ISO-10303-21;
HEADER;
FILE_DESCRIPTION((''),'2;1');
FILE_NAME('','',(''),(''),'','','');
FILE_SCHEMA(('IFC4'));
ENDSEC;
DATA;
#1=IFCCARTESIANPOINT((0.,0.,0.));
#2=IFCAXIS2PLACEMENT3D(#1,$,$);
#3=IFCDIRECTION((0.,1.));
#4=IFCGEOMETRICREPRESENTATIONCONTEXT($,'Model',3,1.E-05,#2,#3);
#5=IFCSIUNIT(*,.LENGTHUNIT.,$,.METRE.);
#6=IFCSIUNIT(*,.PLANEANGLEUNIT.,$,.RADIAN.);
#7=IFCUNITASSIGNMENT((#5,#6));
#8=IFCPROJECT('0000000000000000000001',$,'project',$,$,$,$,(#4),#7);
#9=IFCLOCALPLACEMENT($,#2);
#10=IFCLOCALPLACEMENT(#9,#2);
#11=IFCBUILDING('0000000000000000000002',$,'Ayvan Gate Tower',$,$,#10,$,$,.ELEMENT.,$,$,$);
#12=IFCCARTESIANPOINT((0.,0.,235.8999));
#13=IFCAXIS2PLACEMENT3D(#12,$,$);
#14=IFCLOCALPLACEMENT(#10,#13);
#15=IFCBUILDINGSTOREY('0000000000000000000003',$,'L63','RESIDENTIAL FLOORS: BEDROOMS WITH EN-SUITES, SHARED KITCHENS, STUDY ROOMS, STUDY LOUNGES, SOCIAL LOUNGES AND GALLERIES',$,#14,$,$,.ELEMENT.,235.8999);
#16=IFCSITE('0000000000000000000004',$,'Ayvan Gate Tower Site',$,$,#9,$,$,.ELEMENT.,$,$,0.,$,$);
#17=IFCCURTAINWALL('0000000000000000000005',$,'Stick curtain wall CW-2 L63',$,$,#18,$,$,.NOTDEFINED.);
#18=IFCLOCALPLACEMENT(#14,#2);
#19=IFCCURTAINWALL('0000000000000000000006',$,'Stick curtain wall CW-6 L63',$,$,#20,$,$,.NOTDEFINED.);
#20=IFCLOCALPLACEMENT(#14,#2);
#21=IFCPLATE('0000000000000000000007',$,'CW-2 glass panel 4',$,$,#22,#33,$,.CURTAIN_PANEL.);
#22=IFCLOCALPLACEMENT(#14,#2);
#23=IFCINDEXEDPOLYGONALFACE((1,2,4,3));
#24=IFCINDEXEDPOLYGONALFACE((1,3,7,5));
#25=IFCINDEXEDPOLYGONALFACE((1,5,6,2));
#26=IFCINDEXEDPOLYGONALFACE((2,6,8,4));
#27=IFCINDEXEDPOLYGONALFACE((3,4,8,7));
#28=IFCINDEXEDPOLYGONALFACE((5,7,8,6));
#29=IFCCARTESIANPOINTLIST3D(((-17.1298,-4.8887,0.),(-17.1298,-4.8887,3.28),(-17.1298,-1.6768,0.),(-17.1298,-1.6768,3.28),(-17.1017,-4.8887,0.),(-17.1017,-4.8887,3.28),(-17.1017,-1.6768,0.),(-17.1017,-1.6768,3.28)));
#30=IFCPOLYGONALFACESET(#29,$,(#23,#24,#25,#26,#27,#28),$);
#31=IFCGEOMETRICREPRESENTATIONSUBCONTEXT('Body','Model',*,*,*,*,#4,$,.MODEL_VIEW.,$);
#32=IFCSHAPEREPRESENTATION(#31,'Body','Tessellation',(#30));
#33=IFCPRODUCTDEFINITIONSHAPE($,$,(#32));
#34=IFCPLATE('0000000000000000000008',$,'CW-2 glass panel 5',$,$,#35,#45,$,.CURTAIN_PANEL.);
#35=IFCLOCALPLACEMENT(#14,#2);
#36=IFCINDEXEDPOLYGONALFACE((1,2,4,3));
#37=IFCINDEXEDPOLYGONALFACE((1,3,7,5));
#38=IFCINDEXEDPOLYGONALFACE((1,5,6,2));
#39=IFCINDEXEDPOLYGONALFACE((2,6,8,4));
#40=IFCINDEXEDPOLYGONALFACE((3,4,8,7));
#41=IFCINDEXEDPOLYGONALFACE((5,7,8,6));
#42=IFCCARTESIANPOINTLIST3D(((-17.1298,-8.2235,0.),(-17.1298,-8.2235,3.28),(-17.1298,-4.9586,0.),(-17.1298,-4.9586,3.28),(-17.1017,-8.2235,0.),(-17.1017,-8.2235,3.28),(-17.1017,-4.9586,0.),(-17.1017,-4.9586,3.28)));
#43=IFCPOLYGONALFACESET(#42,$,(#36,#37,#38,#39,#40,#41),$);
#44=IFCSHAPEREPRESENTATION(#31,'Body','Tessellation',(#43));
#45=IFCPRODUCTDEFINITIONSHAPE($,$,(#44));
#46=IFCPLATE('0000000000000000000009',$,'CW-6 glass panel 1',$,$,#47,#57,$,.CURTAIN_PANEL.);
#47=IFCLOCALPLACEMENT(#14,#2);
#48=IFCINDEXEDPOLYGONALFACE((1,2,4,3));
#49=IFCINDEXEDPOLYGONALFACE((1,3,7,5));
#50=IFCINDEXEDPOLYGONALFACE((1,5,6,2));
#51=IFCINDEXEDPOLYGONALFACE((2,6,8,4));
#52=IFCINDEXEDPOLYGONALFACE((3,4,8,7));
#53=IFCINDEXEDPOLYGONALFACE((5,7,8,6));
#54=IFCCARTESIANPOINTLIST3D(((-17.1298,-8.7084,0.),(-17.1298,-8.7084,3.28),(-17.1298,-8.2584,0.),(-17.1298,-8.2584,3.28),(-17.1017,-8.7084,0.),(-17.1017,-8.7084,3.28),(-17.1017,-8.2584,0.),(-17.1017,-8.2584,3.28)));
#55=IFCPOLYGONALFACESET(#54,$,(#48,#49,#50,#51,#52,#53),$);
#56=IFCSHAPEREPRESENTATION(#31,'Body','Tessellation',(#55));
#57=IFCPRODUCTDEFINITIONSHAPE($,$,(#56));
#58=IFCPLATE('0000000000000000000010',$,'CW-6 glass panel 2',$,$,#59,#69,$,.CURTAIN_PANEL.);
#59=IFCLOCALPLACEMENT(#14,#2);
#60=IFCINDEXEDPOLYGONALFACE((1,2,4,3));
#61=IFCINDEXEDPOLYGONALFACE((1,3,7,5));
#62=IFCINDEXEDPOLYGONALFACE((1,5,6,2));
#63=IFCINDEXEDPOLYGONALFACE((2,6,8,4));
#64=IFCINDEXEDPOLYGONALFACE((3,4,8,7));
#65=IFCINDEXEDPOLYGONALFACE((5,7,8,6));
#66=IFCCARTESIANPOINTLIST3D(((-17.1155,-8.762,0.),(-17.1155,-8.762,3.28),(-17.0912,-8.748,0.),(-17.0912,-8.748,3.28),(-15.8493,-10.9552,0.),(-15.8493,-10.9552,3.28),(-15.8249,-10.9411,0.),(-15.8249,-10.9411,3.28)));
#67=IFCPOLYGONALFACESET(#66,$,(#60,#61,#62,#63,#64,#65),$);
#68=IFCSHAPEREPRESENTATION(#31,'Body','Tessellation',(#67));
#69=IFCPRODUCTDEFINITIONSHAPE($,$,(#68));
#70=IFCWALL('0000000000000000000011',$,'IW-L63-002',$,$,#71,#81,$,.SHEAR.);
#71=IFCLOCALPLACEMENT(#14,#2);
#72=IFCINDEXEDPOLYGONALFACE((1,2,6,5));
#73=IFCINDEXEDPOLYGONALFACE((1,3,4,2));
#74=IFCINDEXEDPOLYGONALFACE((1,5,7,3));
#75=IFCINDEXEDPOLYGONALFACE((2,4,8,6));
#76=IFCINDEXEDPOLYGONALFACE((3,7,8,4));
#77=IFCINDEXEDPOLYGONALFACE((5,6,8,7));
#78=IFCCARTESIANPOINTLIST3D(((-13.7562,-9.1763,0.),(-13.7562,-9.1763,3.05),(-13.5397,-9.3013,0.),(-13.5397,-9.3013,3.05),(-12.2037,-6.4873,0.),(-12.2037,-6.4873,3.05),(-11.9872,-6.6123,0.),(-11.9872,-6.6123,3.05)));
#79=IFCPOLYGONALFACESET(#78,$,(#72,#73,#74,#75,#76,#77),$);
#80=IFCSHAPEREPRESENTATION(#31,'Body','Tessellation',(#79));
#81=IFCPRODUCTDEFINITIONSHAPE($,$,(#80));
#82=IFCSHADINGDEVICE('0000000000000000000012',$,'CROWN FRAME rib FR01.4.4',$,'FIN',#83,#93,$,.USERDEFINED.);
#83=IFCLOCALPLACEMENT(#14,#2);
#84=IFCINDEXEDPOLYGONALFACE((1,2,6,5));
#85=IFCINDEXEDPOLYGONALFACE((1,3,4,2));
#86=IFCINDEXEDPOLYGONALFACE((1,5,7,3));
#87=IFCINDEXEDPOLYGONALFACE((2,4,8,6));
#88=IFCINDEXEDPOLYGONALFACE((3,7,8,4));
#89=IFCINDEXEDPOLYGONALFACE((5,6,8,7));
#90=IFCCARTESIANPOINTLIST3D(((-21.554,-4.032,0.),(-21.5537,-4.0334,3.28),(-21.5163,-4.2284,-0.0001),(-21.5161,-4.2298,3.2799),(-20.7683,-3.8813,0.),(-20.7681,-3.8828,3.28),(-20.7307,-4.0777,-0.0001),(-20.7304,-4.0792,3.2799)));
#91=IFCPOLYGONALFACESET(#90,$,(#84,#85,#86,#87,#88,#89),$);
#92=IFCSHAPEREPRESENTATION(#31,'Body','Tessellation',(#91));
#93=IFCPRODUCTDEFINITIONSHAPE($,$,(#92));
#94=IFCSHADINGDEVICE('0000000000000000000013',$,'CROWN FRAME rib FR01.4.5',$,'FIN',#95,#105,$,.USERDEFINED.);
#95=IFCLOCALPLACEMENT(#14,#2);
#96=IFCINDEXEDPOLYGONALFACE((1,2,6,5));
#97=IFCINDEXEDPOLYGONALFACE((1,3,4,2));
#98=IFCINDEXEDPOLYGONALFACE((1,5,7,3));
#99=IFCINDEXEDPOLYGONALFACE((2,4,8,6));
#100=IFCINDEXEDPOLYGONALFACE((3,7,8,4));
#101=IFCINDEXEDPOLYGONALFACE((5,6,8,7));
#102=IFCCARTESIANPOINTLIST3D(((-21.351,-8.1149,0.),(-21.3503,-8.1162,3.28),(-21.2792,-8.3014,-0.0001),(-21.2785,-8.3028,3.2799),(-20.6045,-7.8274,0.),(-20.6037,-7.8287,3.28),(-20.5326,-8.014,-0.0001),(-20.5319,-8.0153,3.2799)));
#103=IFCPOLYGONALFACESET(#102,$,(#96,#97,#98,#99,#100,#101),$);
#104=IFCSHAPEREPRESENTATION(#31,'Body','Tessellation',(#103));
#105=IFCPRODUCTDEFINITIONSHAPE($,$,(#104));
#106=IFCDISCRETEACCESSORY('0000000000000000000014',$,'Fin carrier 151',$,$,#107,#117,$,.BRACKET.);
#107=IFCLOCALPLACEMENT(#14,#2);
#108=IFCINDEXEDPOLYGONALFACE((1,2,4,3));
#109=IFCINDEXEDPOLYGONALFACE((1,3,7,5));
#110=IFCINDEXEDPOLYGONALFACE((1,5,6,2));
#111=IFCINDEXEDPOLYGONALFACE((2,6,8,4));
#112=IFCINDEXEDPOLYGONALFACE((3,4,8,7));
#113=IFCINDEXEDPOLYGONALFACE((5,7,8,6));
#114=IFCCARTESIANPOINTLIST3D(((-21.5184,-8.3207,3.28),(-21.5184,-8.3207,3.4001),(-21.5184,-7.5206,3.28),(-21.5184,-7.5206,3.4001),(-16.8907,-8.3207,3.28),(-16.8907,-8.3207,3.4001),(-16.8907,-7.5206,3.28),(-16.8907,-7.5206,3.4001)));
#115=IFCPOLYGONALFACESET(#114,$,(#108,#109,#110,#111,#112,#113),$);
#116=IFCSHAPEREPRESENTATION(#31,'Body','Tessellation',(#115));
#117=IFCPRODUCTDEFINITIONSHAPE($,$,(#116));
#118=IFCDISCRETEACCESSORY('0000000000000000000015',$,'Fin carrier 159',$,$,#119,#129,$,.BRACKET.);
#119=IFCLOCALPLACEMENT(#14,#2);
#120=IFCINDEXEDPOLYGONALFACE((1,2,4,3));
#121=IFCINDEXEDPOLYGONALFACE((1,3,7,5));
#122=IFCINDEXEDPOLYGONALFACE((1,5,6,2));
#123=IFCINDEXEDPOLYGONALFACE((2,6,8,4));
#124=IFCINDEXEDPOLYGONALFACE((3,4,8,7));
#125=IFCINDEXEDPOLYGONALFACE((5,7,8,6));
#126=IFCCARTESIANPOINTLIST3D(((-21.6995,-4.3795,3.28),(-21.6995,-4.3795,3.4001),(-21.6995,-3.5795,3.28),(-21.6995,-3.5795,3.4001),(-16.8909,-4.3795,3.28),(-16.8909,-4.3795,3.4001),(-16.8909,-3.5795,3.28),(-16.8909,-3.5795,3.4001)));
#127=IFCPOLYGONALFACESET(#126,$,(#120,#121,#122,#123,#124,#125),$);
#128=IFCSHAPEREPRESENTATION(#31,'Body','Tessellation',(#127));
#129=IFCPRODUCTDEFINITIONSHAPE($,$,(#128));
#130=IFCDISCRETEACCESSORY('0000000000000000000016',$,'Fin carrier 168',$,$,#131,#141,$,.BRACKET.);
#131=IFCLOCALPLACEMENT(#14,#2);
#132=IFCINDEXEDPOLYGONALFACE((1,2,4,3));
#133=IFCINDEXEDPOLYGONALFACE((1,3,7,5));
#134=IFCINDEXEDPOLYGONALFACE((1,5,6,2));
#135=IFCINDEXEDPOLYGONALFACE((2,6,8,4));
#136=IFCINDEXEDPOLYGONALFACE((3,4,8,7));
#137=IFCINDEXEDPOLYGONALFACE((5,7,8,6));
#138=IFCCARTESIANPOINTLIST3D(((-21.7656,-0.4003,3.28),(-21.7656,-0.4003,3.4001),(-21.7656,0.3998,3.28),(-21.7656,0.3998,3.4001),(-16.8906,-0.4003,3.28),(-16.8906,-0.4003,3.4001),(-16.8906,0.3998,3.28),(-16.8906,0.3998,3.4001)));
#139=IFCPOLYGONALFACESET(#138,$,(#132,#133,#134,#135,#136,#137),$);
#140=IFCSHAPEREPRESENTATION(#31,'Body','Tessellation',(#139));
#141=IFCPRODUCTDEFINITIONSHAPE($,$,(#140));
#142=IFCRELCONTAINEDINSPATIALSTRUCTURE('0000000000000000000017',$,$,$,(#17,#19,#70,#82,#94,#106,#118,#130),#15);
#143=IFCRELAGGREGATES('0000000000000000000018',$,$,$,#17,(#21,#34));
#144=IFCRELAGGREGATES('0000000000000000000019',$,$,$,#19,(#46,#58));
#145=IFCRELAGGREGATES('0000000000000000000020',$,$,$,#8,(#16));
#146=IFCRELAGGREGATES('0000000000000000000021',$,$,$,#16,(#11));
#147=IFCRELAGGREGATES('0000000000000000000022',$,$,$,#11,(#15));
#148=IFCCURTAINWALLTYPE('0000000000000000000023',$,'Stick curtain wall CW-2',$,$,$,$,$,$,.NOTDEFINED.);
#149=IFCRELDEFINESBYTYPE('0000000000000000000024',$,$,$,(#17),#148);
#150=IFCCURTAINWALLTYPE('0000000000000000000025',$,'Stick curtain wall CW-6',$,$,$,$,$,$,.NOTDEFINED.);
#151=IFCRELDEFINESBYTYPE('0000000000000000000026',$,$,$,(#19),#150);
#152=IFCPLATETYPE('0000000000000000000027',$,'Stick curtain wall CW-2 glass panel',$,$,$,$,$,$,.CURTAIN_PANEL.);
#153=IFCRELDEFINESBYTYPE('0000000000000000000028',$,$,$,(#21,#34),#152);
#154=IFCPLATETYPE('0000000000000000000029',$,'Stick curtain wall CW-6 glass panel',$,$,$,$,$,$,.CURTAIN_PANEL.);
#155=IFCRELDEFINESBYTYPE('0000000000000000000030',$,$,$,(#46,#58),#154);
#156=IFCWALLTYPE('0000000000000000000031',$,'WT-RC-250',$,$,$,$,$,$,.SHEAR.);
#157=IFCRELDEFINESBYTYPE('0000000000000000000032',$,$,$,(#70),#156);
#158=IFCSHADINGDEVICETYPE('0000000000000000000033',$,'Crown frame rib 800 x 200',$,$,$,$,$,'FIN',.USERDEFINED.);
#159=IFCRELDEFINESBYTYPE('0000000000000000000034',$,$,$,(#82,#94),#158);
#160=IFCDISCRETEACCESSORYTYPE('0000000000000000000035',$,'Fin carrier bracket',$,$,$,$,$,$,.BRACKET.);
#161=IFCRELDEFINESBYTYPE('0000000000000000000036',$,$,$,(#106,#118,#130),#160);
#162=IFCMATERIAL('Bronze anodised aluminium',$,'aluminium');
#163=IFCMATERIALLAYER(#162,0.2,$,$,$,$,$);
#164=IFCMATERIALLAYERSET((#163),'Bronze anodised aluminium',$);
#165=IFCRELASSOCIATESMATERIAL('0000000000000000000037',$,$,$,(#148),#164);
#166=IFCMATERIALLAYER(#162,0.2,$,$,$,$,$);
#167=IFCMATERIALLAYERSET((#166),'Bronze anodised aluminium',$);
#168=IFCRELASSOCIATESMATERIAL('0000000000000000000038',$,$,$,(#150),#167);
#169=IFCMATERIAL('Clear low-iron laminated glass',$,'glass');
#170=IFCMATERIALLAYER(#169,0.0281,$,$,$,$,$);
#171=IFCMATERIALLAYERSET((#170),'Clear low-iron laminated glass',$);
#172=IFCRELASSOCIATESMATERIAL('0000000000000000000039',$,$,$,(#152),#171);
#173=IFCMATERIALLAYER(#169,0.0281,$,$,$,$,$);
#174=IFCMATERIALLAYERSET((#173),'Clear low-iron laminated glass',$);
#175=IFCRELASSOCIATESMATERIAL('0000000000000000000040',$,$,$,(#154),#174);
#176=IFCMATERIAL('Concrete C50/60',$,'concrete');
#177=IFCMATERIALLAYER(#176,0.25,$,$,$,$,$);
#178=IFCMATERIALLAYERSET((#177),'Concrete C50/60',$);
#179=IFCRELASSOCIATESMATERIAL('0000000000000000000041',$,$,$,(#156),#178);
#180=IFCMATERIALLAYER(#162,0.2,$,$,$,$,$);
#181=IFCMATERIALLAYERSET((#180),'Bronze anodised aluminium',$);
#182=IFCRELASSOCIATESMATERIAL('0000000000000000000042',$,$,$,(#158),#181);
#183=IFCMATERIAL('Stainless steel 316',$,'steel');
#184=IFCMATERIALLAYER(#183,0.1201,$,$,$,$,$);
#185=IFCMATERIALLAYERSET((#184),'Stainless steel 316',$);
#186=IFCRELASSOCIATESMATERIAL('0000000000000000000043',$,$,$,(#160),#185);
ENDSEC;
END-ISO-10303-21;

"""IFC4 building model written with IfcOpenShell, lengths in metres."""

from ifc_helpers import new_model, si_unit, direction, frame, frame_2d, origin, origin_2d, place, context, subcontext, project, spatial, polyline, rectangle, outline, extrude, material, layer, layer_set, type_object, element, aggregate, save


model = new_model("IFC4")

# Units and contexts
model_context = context("Model", 3, precision=1e-05, world=origin(), true_north=direction((0.0, 1.0)))
body_context = subcontext(model_context, "Body", "Model", "MODEL_VIEW")
ifc_project = project(units=[si_unit("LENGTHUNIT", "METRE"), si_unit("PLANEANGLEUNIT", "RADIAN")], contexts=[model_context])

# Site, building, storey
site_placement = place(None, origin())
site = spatial("IfcSite", under=ifc_project, at=site_placement, Name="Ayvan Gate Tower Site", CompositionType="ELEMENT", RefElevation=0.0)
building_placement = place(site_placement, origin())
building = spatial("IfcBuilding", under=site, at=building_placement, Name="Ayvan Gate Tower", CompositionType="ELEMENT")
storey_placement = place(building_placement, frame((0.0, 0.0, 235.8999)))
storey = spatial("IfcBuildingStorey", under=building, at=storey_placement, Name="L63", Description="RESIDENTIAL FLOORS: BEDROOMS WITH EN-SUITES, SHARED KITCHENS, STUDY ROOMS, STUDY LOUNGES, SOCIAL LOUNGES AND GALLERIES", CompositionType="ELEMENT", Elevation=235.8999)

# Shared definitions
ifc_material_1 = material(Name="Concrete C50/60", Category="concrete")

# Curtain walls
ifc_material_2 = material(Name="Bronze anodised aluminium", Category="aluminium")
ifc_layer_1 = layer(ifc_material_2, 0.2)
ifc_layer_set_1 = layer_set([ifc_layer_1], Name="Bronze anodised aluminium")
curtain_wall_type_1 = type_object("IfcCurtainWallType", Name="Stick curtain wall CW-2", PredefinedType="NOTDEFINED", material=ifc_layer_set_1)
curtain_wall_1_placement = place(storey_placement, origin())
curtain_wall_1 = element("IfcCurtainWall", 1, at=curtain_wall_1_placement, inside=storey, type_object=curtain_wall_type_1, Name="Stick curtain wall CW-2 L63", PredefinedType="NOTDEFINED")
ifc_layer_2 = layer(ifc_material_2, 0.2)
ifc_layer_set_2 = layer_set([ifc_layer_2], Name="Bronze anodised aluminium")
curtain_wall_type_2 = type_object("IfcCurtainWallType", Name="Stick curtain wall CW-6", PredefinedType="NOTDEFINED", material=ifc_layer_set_2)
curtain_wall_2_placement = place(storey_placement, origin())
curtain_wall_2 = element("IfcCurtainWall", 2, at=curtain_wall_2_placement, inside=storey, type_object=curtain_wall_type_2, Name="Stick curtain wall CW-6 L63", PredefinedType="NOTDEFINED")

# Plates
ifc_material_3 = material(Name="Clear low-iron laminated glass", Category="glass")
ifc_layer_3 = layer(ifc_material_3, 0.0281)
ifc_layer_set_3 = layer_set([ifc_layer_3], Name="Clear low-iron laminated glass")
plate_type_1 = type_object("IfcPlateType", Name="Stick curtain wall CW-2 glass panel", PredefinedType="CURTAIN_PANEL", material=ifc_layer_set_3)
plate_1_placement = place(storey_placement, frame((-17.1157, -3.2827, 0.0), z_axis=(0.0, 0.0, 1.0), x_axis=(0.0, -1.0, 0.0)))
plate_1 = element("IfcPlate", 3, at=plate_1_placement, type_object=plate_type_1, Name="CW-2 glass panel 4", PredefinedType="CURTAIN_PANEL", context=body_context, shape_type="SweptSolid", body=[
    extrude(rectangle(XDim=3.2119, YDim=0.0281, at=origin_2d()), origin(), (0.0, 0.0, 1.0), 3.28),
])
plate_2_placement = place(storey_placement, frame((-17.1157, -6.5911, 0.0), z_axis=(0.0, 0.0, 1.0), x_axis=(0.0, -1.0, 0.0)))
plate_2 = element("IfcPlate", 4, at=plate_2_placement, type_object=plate_type_1, Name="CW-2 glass panel 5", PredefinedType="CURTAIN_PANEL", context=body_context, shape_type="SweptSolid", body=[
    extrude(rectangle(XDim=3.2649, YDim=0.0281, at=origin_2d()), origin(), (0.0, 0.0, 1.0), 3.28),
])
aggregate(curtain_wall_1, [plate_1, plate_2])
ifc_layer_4 = layer(ifc_material_3, 0.0281)
ifc_layer_set_4 = layer_set([ifc_layer_4], Name="Clear low-iron laminated glass")
plate_type_2 = type_object("IfcPlateType", Name="Stick curtain wall CW-6 glass panel", PredefinedType="CURTAIN_PANEL", material=ifc_layer_set_4)
plate_3_placement = place(storey_placement, frame((-17.1157, -8.4834, 0.0), z_axis=(0.0, 0.0, 1.0), x_axis=(0.0, -1.0, 0.0)))
plate_3 = element("IfcPlate", 5, at=plate_3_placement, type_object=plate_type_2, Name="CW-6 glass panel 1", PredefinedType="CURTAIN_PANEL", context=body_context, shape_type="SweptSolid", body=[
    extrude(rectangle(XDim=0.45, YDim=0.0281, at=origin_2d()), origin(), (0.0, 0.0, 1.0), 3.28),
])
plate_4_placement = place(storey_placement, frame((-16.4702, -9.8516, 0.0), z_axis=(0.0, 0.0, 1.0), x_axis=(0.5, -0.866025, 0.0)))
plate_4 = element("IfcPlate", 6, at=plate_4_placement, type_object=plate_type_2, Name="CW-6 glass panel 2", PredefinedType="CURTAIN_PANEL", context=body_context, shape_type="SweptSolid", body=[
    extrude(rectangle(XDim=2.5325, YDim=0.0281, at=origin_2d()), origin(), (0.0, 0.0, 1.0), 3.28),
])
aggregate(curtain_wall_2, [plate_3, plate_4])

# Wall
ifc_layer_5 = layer(ifc_material_1, 0.25)
ifc_layer_set_5 = layer_set([ifc_layer_5], Name="Concrete C50/60")
wall_type = type_object("IfcWallType", Name="WT-RC-250", PredefinedType="SHEAR", material=ifc_layer_set_5)
wall_placement = place(storey_placement, frame((-13.6479, -9.2388, 0.0), z_axis=(0.0, 0.0, 1.0), x_axis=(0.500004, 0.866023, 0.0)))
element("IfcWall", 7, at=wall_placement, inside=storey, type_object=wall_type, Name="IW-L63-002", PredefinedType="SHEAR", context=body_context, shape_type="SweptSolid", body=[
    extrude(rectangle(XDim=3.105, YDim=0.25, at=frame_2d((1.5525, 0.0))), origin(), (0.0, 0.0, 1.0), 3.05),
])

# Shading devices
ifc_layer_6 = layer(ifc_material_2, 0.2)
ifc_layer_set_6 = layer_set([ifc_layer_6], Name="Bronze anodised aluminium")
shading_device_type = type_object("IfcShadingDeviceType", Name="Crown frame rib 800 x 200", ElementType="FIN", PredefinedType="USERDEFINED", material=ifc_layer_set_6)
shading_device_1_placement = place(storey_placement, frame((-20.7683, -3.8813, 0.0), z_axis=(-0.188304, 0.982111, 0.000453), x_axis=(-0.982111, -0.188304, 0.0)))
element("IfcShadingDevice", 8, at=shading_device_1_placement, inside=storey, type_object=shading_device_type, Name="CROWN FRAME rib FR01.4.4", ObjectType="FIN", PredefinedType="USERDEFINED", context=body_context, shape_type="SweptSolid", body=[
    extrude(outline(polyline([(0.0, 0.0), (0.8, 0.0), (0.8, 3.28), (0.0, 3.28), (0.0, 0.0)])), origin(), (0.0, 0.0, -1.0), 0.2),
])
shading_device_2_placement = place(storey_placement, frame((-20.6045, -7.8274, 0.0), z_axis=(-0.359337, 0.933208, 0.000462), x_axis=(-0.933208, -0.359337, 0.0)))
element("IfcShadingDevice", 9, at=shading_device_2_placement, inside=storey, type_object=shading_device_type, Name="CROWN FRAME rib FR01.4.5", ObjectType="FIN", PredefinedType="USERDEFINED", context=body_context, shape_type="SweptSolid", body=[
    extrude(outline(polyline([(0.0, 0.0), (0.8, 0.0), (0.7998, 3.28), (-0.0002, 3.28), (0.0, 0.0)])), origin(), (0.0, 0.0, -1.0), 0.2),
])

# Discrete accessories
ifc_material_4 = material(Name="Stainless steel 316", Category="steel")
ifc_layer_7 = layer(ifc_material_4, 0.1201)
ifc_layer_set_7 = layer_set([ifc_layer_7], Name="Stainless steel 316")
discrete_accessory_type = type_object("IfcDiscreteAccessoryType", Name="Fin carrier bracket", PredefinedType="BRACKET", material=ifc_layer_set_7)
discrete_accessory_1_placement = place(storey_placement, frame((-19.2046, -7.9207, 3.28), z_axis=(0.0, 0.0, 1.0), x_axis=(0.0, -1.0, 0.0)))
element("IfcDiscreteAccessory", 10, at=discrete_accessory_1_placement, inside=storey, type_object=discrete_accessory_type, Name="Fin carrier 151", PredefinedType="BRACKET", context=body_context, shape_type="SweptSolid", body=[
    extrude(rectangle(XDim=0.8, YDim=4.6277, at=origin_2d()), origin(), (0.0, 0.0, 1.0), 0.1201),
])
discrete_accessory_2_placement = place(storey_placement, frame((-19.2952, -3.9795, 3.28), z_axis=(0.0, 0.0, 1.0), x_axis=(0.0, -1.0, 0.0)))
element("IfcDiscreteAccessory", 11, at=discrete_accessory_2_placement, inside=storey, type_object=discrete_accessory_type, Name="Fin carrier 159", PredefinedType="BRACKET", context=body_context, shape_type="SweptSolid", body=[
    extrude(rectangle(XDim=0.8, YDim=4.8086, at=origin_2d()), origin(), (0.0, 0.0, 1.0), 0.1201),
])
discrete_accessory_3_placement = place(storey_placement, frame((-19.3281, -0.0002, 3.28), z_axis=(0.0, 0.0, 1.0), x_axis=(0.0, -1.0, 0.0)))
element("IfcDiscreteAccessory", 12, at=discrete_accessory_3_placement, inside=storey, type_object=discrete_accessory_type, Name="Fin carrier 168", PredefinedType="BRACKET", context=body_context, shape_type="SweptSolid", body=[
    extrude(rectangle(XDim=0.8, YDim=4.875, at=origin_2d()), origin(), (0.0, 0.0, 1.0), 0.1201),
])

save(model, "model.ifc")
